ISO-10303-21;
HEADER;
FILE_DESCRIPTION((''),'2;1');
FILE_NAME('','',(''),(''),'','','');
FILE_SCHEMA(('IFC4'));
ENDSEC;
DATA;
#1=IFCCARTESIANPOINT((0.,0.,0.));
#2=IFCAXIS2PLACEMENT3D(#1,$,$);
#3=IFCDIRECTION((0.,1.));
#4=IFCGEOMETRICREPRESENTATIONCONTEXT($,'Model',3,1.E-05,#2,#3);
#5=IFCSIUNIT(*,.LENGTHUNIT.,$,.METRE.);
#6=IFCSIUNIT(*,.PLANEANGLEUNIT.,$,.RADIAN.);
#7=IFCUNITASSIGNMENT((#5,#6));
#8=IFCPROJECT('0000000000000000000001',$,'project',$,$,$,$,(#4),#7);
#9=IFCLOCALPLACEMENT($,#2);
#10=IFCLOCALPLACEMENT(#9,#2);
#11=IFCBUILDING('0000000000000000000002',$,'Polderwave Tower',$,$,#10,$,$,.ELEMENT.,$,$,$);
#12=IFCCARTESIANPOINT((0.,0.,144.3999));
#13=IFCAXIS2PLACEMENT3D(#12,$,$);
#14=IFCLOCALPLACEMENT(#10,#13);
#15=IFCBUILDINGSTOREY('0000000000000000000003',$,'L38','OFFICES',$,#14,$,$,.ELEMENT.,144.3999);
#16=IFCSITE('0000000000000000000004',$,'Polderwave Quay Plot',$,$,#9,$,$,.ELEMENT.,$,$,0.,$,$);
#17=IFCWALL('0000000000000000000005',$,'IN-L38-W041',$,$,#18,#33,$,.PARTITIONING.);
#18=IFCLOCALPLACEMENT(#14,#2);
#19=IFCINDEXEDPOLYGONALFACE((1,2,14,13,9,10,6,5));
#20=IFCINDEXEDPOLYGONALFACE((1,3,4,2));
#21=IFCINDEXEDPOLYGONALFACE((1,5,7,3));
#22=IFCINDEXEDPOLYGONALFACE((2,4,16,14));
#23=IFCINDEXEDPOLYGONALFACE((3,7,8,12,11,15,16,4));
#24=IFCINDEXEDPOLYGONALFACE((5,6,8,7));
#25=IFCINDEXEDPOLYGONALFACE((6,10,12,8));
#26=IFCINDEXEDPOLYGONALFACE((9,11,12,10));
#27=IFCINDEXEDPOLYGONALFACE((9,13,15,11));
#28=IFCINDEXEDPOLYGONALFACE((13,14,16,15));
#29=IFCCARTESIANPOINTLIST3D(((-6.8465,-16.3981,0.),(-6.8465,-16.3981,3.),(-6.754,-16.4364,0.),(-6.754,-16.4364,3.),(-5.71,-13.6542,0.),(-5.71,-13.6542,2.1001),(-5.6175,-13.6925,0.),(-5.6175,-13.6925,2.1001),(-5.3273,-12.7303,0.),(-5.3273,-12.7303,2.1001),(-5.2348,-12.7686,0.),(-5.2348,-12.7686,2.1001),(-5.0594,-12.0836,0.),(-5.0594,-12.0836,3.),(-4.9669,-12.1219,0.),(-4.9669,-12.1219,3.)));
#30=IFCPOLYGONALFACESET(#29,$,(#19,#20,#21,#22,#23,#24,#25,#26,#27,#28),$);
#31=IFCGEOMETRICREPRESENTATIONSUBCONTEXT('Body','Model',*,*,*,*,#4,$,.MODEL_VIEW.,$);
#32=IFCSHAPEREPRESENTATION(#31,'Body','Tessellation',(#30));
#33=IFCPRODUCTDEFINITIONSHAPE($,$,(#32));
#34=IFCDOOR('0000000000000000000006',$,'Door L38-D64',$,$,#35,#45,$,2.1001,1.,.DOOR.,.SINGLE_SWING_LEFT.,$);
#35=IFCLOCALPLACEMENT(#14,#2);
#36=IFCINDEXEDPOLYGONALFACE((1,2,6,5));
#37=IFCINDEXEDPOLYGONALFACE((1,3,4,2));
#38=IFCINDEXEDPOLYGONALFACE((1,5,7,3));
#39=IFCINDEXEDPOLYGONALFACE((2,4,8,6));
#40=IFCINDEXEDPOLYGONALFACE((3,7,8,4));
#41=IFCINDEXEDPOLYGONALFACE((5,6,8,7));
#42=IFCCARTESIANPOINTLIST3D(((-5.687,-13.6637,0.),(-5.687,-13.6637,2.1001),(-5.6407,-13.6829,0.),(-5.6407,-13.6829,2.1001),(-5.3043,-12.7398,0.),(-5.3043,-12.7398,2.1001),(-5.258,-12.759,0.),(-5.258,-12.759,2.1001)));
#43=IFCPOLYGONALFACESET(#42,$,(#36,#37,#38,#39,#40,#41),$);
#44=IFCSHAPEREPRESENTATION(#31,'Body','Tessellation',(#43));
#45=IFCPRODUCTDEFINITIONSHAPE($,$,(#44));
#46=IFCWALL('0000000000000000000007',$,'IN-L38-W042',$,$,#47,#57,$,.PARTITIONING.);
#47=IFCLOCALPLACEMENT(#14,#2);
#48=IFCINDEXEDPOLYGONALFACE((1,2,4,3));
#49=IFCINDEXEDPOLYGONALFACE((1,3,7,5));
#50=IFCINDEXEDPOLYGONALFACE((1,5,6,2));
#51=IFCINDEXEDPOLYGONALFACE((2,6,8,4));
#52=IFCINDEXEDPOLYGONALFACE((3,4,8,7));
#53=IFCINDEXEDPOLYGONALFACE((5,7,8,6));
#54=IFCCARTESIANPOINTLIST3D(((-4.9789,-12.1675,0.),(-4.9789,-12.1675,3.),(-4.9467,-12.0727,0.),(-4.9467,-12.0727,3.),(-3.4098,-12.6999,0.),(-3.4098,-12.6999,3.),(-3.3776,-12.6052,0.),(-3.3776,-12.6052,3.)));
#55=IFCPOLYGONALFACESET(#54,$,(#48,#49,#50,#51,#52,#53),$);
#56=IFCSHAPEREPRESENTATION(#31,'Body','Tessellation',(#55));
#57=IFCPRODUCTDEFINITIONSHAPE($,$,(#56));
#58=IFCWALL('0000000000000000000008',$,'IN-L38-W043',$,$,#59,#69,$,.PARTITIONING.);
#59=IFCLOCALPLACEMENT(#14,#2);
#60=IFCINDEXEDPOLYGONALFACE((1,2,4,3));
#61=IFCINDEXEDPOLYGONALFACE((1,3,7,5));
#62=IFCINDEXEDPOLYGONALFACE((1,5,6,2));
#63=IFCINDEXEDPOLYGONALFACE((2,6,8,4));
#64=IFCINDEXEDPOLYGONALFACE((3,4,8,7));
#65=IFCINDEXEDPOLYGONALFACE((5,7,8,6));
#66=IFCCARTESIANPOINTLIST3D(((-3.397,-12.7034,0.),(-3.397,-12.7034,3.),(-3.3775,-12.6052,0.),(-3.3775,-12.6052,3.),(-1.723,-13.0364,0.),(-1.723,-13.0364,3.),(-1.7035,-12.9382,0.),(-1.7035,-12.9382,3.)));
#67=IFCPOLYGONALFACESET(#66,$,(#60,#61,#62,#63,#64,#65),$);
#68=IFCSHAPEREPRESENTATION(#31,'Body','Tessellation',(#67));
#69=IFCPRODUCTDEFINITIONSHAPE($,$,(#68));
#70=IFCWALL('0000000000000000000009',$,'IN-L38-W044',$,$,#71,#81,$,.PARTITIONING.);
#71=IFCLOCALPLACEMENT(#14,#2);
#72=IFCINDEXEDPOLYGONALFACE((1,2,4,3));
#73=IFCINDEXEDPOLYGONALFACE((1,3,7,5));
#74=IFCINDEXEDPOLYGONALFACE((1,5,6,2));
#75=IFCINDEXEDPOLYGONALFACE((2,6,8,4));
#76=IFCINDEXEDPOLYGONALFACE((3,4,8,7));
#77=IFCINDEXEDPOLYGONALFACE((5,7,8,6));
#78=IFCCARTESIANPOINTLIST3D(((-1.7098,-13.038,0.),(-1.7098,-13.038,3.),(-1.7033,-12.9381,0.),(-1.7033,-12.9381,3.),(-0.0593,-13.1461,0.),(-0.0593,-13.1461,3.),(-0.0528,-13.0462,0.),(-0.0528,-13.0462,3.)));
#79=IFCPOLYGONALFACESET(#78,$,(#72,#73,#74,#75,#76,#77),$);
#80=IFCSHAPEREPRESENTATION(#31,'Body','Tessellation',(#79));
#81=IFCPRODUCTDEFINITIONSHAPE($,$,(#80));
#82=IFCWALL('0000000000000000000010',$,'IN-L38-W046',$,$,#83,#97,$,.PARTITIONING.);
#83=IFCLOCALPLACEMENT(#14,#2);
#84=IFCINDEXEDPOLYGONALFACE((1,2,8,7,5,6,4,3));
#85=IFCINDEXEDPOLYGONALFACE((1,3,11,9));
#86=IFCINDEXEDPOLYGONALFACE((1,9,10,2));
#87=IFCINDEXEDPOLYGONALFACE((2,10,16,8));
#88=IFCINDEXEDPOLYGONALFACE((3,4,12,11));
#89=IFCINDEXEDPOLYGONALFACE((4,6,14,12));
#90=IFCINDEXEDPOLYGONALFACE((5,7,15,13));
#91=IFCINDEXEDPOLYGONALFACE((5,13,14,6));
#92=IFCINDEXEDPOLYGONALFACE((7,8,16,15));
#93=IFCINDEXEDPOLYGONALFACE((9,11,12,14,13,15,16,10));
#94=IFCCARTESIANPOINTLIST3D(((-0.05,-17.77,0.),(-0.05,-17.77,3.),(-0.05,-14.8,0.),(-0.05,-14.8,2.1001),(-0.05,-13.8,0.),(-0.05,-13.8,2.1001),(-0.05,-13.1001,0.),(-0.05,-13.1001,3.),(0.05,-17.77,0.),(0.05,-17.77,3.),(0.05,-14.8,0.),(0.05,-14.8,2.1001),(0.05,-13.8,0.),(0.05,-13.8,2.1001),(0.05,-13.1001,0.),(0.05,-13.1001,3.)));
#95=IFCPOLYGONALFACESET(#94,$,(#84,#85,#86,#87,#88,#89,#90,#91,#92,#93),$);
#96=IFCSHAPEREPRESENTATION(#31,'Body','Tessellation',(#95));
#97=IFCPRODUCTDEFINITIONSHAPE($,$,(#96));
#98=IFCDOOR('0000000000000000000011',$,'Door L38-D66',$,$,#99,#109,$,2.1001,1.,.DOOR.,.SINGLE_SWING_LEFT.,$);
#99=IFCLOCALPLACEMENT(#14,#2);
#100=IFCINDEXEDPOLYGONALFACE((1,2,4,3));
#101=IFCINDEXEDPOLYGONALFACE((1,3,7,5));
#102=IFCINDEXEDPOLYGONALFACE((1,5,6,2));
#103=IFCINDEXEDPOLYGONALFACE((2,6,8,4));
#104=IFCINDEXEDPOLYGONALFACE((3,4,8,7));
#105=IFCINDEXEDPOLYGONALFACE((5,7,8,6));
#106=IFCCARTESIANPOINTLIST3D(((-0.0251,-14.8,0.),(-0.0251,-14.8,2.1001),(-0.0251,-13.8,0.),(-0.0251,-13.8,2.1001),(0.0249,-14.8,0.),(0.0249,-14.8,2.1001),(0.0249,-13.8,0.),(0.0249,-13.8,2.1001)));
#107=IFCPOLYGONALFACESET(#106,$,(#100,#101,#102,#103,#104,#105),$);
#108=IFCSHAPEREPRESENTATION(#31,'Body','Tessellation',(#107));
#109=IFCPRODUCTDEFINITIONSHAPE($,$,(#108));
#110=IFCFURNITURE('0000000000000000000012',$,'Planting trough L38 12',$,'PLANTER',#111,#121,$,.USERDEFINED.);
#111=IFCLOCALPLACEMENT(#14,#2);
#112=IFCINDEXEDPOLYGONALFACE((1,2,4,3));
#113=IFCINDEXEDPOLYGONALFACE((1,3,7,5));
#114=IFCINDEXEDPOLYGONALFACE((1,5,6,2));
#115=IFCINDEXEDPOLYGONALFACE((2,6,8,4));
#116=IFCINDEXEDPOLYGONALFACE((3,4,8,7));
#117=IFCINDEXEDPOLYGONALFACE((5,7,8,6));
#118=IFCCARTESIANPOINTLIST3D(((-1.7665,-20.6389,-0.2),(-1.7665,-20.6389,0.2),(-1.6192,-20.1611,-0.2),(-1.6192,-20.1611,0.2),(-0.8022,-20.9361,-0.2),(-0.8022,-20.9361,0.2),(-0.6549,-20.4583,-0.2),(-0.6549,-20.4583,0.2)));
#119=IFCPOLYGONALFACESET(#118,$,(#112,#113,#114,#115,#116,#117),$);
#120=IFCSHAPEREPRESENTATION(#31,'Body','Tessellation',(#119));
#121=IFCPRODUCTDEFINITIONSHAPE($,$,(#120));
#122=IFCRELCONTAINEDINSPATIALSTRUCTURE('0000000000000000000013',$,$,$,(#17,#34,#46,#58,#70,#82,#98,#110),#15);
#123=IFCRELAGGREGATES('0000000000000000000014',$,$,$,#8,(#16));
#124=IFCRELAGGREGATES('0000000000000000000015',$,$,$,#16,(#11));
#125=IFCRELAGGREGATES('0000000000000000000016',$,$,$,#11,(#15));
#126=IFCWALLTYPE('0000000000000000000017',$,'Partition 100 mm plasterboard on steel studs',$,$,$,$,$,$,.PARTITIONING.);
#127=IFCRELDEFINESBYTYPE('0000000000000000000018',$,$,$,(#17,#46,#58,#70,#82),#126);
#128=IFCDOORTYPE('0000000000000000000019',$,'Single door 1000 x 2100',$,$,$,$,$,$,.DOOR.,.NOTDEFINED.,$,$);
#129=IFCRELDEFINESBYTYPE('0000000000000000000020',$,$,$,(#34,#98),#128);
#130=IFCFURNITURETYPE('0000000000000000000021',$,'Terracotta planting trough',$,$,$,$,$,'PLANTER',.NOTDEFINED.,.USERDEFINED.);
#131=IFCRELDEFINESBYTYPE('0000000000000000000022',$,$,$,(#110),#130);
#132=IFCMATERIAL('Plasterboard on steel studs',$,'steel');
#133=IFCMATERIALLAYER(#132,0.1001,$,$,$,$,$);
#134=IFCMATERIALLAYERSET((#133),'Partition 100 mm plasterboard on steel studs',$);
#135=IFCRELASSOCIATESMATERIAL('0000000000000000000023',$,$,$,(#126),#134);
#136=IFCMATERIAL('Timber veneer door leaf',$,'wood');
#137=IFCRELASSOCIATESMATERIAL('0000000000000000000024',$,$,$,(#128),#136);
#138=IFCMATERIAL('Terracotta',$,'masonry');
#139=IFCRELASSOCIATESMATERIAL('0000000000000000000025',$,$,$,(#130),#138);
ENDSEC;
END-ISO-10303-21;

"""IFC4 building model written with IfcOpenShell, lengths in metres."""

from ifc_helpers import new_model, si_unit, direction, frame, frame_2d, origin, origin_2d, place, context, subcontext, project, spatial, rectangle, extrude, material, layer, layer_set, type_object, element, fill, save


model = new_model("IFC4")

# Units and contexts
model_context = context("Model", 3, precision=1e-05, world=origin(), true_north=direction((0.0, 1.0)))
body_context = subcontext(model_context, "Body", "Model", "MODEL_VIEW")
ifc_project = project(units=[si_unit("LENGTHUNIT", "METRE"), si_unit("PLANEANGLEUNIT", "RADIAN")], contexts=[model_context])

# Site, building, storey
site_placement = place(None, origin())
site = spatial("IfcSite", under=ifc_project, at=site_placement, Name="Polderwave Quay Plot", CompositionType="ELEMENT", RefElevation=0.0)
building_placement = place(site_placement, origin())
building = spatial("IfcBuilding", under=site, at=building_placement, Name="Polderwave Tower", CompositionType="ELEMENT")
storey_placement = place(building_placement, frame((0.0, 0.0, 144.3999)))
storey = spatial("IfcBuildingStorey", under=building, at=storey_placement, Name="L38", Description="OFFICES", CompositionType="ELEMENT", Elevation=144.3999)

# Wall, opening, door
ifc_material_1 = material(Name="Plasterboard on steel studs", Category="steel")
ifc_layer_1 = layer(ifc_material_1, 0.1001)
ifc_layer_set_1 = layer_set([ifc_layer_1], Name="Partition 100 mm plasterboard on steel studs")
wall_type_1 = type_object("IfcWallType", Name="Partition 100 mm plasterboard on steel studs", PredefinedType="PARTITIONING", material=ifc_layer_set_1)
ifc_material_2 = material(Name="Timber veneer door leaf", Category="wood")
door_type = type_object("IfcDoorType", Name="Single door 1000 x 2100", OperationType="NOTDEFINED", PredefinedType="DOOR", material=ifc_material_2)
wall_1_placement = place(storey_placement, frame((-5.0132, -12.1028, 0.0), z_axis=(0.0, 0.0, 1.0), x_axis=(-0.382684, -0.923879, 0.0)))
wall_1 = element("IfcWall", 1, at=wall_1_placement, inside=storey, type_object=wall_type_1, Name="IN-L38-W041", PredefinedType="PARTITIONING", context=body_context, shape_type="SweptSolid", body=[
    extrude(rectangle(XDim=4.6699, YDim=0.1001, at=frame_2d((2.335, 0.0))), origin(), (0.0, 0.0, 1.0), 3.0),
])
opening_1_placement = place(wall_1_placement, frame((0.7, 0.0, 0.0)))
opening_1 = element("IfcOpeningElement", 2, at=opening_1_placement, cuts=wall_1, PredefinedType="OPENING", context=body_context, shape_type="SweptSolid", body=[
    extrude(rectangle(XDim=1.0, YDim=2.1001, at=frame_2d((0.5, 1.05))), frame((0.0, 0.0601, 0.0), z_axis=(0.0, -1.0, 0.0), x_axis=(1.0, 0.0, 0.0)), (0.0, 0.0, 1.0), 0.1201),
])
door_1_placement = place(opening_1_placement, origin())
door_1 = element("IfcDoor", 3, at=door_1_placement, inside=storey, type_object=door_type, Name="Door L38-D64", OperationType="SINGLE_SWING_LEFT", OverallHeight=2.1001, OverallWidth=1.0, PredefinedType="DOOR", context=body_context, shape_type="SweptSolid", body=[
    extrude(rectangle(XDim=1.0, YDim=2.1001, at=frame_2d((0.5, 1.05))), frame((0.0, 0.0249, 0.0), z_axis=(0.0, -1.0, 0.0), x_axis=(1.0, 0.0, 0.0)), (0.0, 0.0, 1.0), 0.05),
])
fill(opening_1, door_1)

# Walls
wall_2_placement = place(storey_placement, frame((-3.3936, -12.6526, 0.0), z_axis=(0.0, 0.0, 1.0), x_axis=(-0.94696, 0.321351, 0.0)))
element("IfcWall", 4, at=wall_2_placement, inside=storey, type_object=wall_type_1, Name="IN-L38-W042", PredefinedType="PARTITIONING", context=body_context, shape_type="SweptSolid", body=[
    extrude(rectangle(XDim=1.657, YDim=0.1001, at=frame_2d((0.8286, 0.0))), origin(), (0.0, 0.0, 1.0), 3.0),
])
wall_3_placement = place(storey_placement, frame((-1.7131, -12.9873, 0.0), z_axis=(0.0, 0.0, 1.0), x_axis=(-0.980784, 0.195098, 0.0)))
element("IfcWall", 5, at=wall_3_placement, inside=storey, type_object=wall_type_1, Name="IN-L38-W043", PredefinedType="PARTITIONING", context=body_context, shape_type="SweptSolid", body=[
    extrude(rectangle(XDim=1.7068, YDim=0.1001, at=frame_2d((0.8535, 0.0))), origin(), (0.0, 0.0, 1.0), 3.0),
])
wall_4_placement = place(storey_placement, frame((-0.0559, -13.0962, 0.0), z_axis=(0.0, 0.0, 1.0), x_axis=(-0.99786, 0.065383, 0.0)))
element("IfcWall", 6, at=wall_4_placement, inside=storey, type_object=wall_type_1, Name="IN-L38-W044", PredefinedType="PARTITIONING", context=body_context, shape_type="SweptSolid", body=[
    extrude(rectangle(XDim=1.6541, YDim=0.1001, at=frame_2d((0.8271, 0.0))), origin(), (0.0, 0.0, 1.0), 3.0),
])

# Wall, opening, door
wall_5_placement = place(storey_placement, frame((0.0, -13.1001, 0.0), z_axis=(0.0, 0.0, 1.0), x_axis=(0.0, -1.0, 0.0)))
wall_5 = element("IfcWall", 7, at=wall_5_placement, inside=storey, type_object=wall_type_1, Name="IN-L38-W046", PredefinedType="PARTITIONING", context=body_context, shape_type="SweptSolid", body=[
    extrude(rectangle(XDim=4.6699, YDim=0.1001, at=frame_2d((2.335, 0.0))), origin(), (0.0, 0.0, 1.0), 3.0),
])
opening_2_placement = place(wall_5_placement, frame((0.7, 0.0, 0.0)))
opening_2 = element("IfcOpeningElement", 8, at=opening_2_placement, cuts=wall_5, PredefinedType="OPENING", context=body_context, shape_type="SweptSolid", body=[
    extrude(rectangle(XDim=1.0, YDim=2.1001, at=frame_2d((0.5, 1.05))), frame((0.0, 0.0601, 0.0), z_axis=(0.0, -1.0, 0.0), x_axis=(1.0, 0.0, 0.0)), (0.0, 0.0, 1.0), 0.1201),
])
door_2_placement = place(opening_2_placement, origin())
door_2 = element("IfcDoor", 9, at=door_2_placement, inside=storey, type_object=door_type, Name="Door L38-D66", OperationType="SINGLE_SWING_LEFT", OverallHeight=2.1001, OverallWidth=1.0, PredefinedType="DOOR", context=body_context, shape_type="SweptSolid", body=[
    extrude(rectangle(XDim=1.0, YDim=2.1001, at=frame_2d((0.5, 1.05))), frame((0.0, 0.0249, 0.0), z_axis=(0.0, -1.0, 0.0), x_axis=(1.0, 0.0, 0.0)), (0.0, 0.0, 1.0), 0.05),
])
fill(opening_2, door_2)

# Furniture
ifc_material_3 = material(Name="Terracotta", Category="masonry")
furniture_type = type_object("IfcFurnitureType", Name="Terracotta planting trough", ElementType="PLANTER", AssemblyPlace="NOTDEFINED", PredefinedType="USERDEFINED", material=ifc_material_3)
furniture_placement = place(storey_placement, frame((-1.2107, -20.5486, -0.2), z_axis=(0.0, 0.0, 1.0), x_axis=(0.955636, -0.294549, 0.0)))
element("IfcFurniture", 10, at=furniture_placement, inside=storey, type_object=furniture_type, Name="Planting trough L38 12", ObjectType="PLANTER", PredefinedType="USERDEFINED", context=body_context, shape_type="SweptSolid", body=[
    extrude(rectangle(XDim=1.009, YDim=0.5, at=origin_2d()), origin(), (0.0, 0.0, 1.0), 0.3999),
])

save(model, "model.ifc")
